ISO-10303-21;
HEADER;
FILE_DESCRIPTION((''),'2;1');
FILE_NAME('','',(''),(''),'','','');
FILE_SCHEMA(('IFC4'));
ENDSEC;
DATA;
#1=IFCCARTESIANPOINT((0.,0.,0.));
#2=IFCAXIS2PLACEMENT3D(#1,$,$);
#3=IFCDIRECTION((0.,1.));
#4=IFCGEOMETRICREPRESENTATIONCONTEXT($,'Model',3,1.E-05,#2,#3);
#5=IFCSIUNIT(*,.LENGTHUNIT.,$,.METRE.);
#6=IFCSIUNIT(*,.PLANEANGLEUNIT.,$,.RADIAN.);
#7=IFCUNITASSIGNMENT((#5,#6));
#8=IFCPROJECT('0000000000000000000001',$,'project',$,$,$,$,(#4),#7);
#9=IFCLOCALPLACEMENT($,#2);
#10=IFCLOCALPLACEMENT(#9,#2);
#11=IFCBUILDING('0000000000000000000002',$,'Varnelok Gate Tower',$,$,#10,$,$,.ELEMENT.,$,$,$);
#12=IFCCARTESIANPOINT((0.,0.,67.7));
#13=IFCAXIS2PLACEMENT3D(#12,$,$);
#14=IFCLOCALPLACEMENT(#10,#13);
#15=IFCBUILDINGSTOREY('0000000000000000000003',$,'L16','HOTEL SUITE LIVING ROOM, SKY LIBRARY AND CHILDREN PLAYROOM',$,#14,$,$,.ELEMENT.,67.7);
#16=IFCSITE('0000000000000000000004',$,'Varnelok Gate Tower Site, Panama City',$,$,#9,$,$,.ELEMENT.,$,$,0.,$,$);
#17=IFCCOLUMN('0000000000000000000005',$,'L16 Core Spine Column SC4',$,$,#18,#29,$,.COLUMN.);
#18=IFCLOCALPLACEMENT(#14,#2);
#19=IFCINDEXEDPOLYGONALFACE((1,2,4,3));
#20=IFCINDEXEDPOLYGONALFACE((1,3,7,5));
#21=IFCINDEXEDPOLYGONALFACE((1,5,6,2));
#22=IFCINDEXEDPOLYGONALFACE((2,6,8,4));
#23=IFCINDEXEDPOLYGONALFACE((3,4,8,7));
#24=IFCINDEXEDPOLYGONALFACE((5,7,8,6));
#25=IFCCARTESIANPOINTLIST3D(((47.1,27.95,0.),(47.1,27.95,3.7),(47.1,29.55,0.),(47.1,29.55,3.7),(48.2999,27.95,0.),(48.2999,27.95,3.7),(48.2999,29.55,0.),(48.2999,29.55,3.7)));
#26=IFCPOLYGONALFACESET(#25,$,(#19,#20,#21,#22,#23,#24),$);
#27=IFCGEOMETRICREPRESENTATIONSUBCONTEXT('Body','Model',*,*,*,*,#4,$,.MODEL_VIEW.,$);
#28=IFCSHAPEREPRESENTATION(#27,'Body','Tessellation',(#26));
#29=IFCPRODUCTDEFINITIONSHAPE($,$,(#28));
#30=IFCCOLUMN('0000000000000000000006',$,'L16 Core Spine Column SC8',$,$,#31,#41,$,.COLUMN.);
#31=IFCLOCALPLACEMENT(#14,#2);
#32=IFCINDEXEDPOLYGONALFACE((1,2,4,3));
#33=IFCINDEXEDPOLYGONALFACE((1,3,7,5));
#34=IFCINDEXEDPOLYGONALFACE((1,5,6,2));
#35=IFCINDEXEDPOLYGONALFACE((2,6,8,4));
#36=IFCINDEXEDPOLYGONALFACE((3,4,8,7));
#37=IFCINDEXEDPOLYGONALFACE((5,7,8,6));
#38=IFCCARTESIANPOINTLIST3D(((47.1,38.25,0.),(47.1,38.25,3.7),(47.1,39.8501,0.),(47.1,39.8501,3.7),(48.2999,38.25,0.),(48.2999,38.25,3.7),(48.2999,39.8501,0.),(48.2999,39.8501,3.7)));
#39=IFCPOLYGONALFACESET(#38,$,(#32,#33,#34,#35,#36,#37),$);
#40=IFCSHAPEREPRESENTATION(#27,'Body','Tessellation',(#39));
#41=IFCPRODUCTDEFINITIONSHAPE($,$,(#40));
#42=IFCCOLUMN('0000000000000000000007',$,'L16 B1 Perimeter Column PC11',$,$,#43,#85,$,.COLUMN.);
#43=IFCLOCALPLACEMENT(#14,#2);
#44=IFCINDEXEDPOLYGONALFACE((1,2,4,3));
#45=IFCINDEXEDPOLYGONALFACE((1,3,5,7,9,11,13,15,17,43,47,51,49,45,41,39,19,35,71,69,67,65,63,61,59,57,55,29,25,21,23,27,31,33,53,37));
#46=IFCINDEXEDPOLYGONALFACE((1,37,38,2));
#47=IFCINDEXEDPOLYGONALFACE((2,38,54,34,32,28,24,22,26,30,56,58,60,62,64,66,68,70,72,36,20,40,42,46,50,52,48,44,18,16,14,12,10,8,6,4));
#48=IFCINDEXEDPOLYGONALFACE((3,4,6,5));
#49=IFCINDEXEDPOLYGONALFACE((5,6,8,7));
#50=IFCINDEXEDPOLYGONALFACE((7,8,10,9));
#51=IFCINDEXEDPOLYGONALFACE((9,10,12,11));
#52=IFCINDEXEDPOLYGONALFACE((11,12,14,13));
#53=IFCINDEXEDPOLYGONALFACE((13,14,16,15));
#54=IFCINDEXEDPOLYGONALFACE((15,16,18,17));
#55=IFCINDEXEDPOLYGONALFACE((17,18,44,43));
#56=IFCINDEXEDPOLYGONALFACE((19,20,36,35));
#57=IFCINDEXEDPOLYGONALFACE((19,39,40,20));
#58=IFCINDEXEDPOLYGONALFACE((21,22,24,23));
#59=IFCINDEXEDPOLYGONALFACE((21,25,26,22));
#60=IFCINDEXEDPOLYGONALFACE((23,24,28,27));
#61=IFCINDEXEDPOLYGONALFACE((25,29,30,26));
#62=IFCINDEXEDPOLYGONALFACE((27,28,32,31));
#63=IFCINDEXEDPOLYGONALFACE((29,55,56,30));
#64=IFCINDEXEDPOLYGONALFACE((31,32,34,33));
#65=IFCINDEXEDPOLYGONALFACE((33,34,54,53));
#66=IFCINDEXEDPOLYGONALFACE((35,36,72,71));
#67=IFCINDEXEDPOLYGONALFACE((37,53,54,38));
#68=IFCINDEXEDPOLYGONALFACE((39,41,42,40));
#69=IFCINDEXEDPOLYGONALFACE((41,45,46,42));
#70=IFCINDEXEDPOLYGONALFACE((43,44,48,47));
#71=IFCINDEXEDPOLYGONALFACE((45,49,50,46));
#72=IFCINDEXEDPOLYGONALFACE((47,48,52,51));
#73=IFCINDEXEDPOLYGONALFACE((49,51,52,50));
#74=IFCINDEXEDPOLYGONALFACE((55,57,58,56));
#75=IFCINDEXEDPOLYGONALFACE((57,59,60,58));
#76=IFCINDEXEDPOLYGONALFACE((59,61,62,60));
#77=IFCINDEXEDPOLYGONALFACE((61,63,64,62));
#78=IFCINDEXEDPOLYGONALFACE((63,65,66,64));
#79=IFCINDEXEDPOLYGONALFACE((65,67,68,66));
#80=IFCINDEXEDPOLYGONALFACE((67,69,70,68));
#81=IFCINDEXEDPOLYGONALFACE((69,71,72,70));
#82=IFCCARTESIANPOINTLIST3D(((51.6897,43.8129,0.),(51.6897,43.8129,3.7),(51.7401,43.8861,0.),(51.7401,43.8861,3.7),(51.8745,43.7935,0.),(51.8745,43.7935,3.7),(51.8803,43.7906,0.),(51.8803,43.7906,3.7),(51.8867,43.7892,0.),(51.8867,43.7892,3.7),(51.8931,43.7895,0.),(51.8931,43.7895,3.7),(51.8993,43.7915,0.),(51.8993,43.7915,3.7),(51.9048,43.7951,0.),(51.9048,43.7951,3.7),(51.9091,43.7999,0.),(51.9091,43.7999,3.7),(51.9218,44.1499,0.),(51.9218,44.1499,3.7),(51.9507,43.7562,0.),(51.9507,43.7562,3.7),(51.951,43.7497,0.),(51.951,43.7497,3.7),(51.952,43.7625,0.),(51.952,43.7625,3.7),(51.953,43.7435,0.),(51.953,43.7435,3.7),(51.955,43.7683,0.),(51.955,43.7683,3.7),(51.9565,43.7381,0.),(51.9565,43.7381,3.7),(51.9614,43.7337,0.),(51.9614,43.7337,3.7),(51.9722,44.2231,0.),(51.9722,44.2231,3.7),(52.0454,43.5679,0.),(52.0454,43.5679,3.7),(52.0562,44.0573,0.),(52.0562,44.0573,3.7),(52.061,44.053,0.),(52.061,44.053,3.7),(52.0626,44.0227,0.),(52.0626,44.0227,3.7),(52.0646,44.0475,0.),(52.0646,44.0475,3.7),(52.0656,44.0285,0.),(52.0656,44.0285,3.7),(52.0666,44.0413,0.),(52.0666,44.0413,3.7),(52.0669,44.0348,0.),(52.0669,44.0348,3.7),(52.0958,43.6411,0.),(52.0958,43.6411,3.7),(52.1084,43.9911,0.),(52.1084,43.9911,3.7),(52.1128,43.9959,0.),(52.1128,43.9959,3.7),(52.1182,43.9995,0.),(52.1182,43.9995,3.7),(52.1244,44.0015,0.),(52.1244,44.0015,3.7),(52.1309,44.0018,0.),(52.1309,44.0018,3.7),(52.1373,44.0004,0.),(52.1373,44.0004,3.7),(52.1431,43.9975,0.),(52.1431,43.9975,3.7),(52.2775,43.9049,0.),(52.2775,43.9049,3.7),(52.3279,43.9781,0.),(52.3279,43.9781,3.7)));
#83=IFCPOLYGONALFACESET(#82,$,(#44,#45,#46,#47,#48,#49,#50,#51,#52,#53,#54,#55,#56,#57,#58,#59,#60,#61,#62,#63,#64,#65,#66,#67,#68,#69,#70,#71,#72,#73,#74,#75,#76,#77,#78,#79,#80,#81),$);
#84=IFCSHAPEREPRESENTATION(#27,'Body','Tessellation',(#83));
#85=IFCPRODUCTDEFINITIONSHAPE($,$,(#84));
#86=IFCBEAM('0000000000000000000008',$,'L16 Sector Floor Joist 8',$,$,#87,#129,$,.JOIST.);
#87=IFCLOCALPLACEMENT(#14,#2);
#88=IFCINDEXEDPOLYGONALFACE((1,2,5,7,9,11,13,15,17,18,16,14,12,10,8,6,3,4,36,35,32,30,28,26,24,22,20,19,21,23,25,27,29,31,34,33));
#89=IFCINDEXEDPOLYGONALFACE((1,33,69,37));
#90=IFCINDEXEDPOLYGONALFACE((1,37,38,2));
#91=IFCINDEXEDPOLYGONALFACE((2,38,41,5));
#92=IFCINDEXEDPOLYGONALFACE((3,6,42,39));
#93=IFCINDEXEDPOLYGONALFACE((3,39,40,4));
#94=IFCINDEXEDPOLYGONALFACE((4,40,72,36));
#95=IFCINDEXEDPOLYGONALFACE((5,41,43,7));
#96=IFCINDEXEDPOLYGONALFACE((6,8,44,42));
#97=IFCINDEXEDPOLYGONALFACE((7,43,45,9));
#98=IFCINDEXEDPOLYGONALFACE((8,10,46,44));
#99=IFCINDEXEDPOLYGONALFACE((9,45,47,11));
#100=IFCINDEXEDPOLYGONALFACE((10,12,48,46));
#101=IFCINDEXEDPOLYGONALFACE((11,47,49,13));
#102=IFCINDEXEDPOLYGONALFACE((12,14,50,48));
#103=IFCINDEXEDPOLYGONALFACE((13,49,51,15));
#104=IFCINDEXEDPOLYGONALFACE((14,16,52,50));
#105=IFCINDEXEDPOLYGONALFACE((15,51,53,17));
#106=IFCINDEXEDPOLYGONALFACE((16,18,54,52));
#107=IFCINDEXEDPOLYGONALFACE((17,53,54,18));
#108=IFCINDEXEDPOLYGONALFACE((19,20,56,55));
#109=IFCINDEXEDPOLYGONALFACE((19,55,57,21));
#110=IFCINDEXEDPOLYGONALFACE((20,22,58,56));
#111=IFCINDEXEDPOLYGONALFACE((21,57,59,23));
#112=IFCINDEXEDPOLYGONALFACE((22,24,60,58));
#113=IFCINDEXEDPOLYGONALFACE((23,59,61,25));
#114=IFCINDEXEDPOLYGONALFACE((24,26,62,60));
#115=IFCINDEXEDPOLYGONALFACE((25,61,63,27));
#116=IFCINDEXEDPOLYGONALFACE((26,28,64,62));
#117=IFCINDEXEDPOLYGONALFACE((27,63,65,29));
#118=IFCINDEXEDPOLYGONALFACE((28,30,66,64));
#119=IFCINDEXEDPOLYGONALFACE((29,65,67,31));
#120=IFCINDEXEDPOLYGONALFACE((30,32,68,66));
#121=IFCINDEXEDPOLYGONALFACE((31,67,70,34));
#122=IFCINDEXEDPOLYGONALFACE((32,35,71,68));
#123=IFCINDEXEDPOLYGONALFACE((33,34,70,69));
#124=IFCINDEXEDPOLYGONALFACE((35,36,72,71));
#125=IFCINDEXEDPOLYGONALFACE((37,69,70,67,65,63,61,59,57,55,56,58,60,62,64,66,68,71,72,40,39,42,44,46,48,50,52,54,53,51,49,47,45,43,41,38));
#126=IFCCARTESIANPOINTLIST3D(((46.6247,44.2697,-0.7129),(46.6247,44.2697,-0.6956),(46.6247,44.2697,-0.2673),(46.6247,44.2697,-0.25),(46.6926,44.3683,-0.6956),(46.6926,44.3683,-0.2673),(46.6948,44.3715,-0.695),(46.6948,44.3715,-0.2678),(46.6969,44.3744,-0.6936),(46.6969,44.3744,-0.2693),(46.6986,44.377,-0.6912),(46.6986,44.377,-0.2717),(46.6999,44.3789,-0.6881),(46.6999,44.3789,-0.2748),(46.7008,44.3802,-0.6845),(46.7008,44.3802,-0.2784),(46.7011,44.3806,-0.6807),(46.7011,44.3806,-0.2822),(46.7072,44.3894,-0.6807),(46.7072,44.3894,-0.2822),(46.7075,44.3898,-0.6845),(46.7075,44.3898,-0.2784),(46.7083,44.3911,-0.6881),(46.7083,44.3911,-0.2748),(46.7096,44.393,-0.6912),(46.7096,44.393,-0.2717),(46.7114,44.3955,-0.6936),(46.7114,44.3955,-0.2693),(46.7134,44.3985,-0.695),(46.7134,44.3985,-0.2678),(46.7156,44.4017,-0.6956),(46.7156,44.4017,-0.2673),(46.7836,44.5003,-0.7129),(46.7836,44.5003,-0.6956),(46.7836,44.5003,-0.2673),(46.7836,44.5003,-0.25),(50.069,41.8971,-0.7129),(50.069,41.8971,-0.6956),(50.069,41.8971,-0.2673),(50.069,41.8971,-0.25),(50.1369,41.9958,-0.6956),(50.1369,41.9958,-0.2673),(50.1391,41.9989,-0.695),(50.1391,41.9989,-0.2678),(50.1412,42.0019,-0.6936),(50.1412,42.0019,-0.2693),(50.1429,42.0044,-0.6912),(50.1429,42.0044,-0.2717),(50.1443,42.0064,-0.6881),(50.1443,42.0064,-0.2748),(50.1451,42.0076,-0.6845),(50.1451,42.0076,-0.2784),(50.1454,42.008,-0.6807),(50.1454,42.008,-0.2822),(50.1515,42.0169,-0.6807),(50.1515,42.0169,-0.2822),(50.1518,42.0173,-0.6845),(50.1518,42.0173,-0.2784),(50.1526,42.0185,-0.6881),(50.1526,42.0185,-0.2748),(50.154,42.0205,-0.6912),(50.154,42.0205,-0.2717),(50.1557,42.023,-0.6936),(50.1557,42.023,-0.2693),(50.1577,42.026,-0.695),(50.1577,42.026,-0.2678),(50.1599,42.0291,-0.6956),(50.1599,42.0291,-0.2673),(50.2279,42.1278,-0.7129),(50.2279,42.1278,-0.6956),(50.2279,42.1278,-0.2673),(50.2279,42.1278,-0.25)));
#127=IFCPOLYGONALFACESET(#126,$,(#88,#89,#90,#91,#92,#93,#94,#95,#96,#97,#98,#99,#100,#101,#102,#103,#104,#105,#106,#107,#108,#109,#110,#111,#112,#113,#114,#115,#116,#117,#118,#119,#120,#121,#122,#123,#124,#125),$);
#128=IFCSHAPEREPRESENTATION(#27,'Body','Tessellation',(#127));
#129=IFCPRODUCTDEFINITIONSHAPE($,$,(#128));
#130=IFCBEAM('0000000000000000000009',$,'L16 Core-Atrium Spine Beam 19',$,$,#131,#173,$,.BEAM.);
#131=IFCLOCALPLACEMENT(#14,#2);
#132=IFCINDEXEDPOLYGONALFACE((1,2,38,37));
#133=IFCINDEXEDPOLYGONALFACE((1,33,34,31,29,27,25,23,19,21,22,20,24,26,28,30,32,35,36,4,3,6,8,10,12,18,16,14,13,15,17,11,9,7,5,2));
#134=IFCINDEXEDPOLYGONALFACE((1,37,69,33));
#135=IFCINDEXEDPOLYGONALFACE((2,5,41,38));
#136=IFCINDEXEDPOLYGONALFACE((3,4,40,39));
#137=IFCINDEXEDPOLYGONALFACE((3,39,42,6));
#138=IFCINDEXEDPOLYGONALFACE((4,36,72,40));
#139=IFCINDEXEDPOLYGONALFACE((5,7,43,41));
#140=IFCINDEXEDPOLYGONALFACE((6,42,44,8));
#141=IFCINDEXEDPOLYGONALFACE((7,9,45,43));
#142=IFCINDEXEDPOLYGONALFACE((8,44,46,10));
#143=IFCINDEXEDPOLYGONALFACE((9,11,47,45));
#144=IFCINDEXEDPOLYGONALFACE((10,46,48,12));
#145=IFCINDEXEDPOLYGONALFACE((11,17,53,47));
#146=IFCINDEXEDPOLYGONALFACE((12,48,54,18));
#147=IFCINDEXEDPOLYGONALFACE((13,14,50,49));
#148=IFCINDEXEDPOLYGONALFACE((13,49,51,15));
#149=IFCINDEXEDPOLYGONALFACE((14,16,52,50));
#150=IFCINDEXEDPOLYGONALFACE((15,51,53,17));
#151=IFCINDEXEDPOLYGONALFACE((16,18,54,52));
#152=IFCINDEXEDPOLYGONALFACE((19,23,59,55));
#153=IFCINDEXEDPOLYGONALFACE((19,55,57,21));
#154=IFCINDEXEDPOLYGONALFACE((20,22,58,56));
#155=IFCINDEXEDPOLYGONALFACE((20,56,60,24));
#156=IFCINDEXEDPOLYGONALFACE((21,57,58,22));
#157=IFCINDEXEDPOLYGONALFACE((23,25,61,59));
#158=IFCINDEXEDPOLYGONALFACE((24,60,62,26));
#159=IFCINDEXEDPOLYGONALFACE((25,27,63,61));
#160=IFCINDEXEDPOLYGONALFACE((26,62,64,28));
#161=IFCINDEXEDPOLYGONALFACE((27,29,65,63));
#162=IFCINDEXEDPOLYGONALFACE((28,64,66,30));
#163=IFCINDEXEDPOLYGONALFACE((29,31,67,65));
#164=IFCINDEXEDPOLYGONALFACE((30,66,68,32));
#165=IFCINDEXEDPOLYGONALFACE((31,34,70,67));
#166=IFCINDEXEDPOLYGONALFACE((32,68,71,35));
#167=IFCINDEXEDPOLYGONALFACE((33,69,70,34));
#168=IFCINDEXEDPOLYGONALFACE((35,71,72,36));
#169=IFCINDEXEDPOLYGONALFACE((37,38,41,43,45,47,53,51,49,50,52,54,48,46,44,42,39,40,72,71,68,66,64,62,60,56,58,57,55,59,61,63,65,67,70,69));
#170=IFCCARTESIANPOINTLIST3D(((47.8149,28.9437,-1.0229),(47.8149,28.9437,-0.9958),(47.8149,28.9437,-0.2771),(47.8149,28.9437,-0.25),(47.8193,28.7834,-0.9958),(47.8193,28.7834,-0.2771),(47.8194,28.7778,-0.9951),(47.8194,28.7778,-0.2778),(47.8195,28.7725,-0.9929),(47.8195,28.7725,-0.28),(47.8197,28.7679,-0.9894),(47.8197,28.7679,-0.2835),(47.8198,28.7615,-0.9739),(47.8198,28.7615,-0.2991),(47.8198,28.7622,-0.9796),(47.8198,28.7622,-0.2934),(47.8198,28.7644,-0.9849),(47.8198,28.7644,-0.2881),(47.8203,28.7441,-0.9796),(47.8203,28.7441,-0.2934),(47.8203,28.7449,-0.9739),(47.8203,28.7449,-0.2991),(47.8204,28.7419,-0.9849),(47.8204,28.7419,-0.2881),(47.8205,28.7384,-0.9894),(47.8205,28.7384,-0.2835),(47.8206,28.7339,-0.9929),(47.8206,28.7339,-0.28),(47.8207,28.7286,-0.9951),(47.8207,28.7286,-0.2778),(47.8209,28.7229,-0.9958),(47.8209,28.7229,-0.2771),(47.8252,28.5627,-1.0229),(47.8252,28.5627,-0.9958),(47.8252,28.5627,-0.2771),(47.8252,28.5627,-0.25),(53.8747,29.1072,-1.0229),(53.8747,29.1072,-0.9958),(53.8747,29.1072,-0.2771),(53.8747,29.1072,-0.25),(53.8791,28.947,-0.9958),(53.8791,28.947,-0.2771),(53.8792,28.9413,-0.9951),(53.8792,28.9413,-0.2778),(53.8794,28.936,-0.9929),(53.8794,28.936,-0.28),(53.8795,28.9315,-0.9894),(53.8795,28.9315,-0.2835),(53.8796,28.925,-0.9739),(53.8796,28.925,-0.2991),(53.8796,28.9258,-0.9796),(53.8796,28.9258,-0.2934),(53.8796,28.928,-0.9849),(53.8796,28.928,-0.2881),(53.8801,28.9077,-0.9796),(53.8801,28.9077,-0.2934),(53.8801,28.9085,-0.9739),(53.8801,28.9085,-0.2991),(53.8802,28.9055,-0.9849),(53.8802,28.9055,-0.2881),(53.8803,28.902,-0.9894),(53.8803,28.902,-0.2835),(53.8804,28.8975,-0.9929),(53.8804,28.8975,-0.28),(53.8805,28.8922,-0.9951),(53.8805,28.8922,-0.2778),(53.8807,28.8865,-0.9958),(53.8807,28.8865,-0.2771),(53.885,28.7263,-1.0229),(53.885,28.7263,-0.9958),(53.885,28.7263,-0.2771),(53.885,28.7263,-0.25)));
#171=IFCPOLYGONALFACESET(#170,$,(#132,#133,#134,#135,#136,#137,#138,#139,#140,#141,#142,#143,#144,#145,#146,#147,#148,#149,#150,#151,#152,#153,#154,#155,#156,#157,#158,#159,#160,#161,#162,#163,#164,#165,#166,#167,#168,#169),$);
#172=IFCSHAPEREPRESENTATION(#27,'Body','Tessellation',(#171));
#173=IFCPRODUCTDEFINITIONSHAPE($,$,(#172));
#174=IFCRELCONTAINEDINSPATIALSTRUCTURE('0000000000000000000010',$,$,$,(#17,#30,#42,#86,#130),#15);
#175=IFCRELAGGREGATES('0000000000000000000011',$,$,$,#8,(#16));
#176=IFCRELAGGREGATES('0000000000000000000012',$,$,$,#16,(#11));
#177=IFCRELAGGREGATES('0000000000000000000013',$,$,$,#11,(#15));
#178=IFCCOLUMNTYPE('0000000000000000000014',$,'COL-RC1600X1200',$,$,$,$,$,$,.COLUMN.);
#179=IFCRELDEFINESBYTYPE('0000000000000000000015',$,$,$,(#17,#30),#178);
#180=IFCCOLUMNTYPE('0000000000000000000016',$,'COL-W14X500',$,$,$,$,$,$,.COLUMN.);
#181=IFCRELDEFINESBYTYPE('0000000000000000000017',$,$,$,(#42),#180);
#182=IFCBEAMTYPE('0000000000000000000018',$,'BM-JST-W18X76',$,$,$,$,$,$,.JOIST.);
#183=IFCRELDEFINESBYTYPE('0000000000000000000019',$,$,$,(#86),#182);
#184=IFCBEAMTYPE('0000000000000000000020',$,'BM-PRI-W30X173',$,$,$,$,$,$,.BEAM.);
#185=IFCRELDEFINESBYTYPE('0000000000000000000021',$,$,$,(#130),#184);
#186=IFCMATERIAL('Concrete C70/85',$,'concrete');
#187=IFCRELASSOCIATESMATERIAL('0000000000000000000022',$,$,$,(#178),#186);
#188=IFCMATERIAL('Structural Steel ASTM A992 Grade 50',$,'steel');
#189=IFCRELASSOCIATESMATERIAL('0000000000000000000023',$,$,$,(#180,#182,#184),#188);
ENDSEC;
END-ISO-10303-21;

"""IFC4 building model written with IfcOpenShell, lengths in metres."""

from ifc_helpers import new_model, si_unit, direction, frame, origin, origin_2d, place, context, subcontext, project, spatial, rectangle, i_section, extrude, material, material_profile, profile_set, type_object, element, save


model = new_model("IFC4")

# Units and contexts
model_context = context("Model", 3, precision=1e-05, world=origin(), true_north=direction((0.0, 1.0)))
body_context = subcontext(model_context, "Body", "Model", "MODEL_VIEW")
ifc_project = project(units=[si_unit("LENGTHUNIT", "METRE"), si_unit("PLANEANGLEUNIT", "RADIAN")], contexts=[model_context])

# Site, building, storey
site_placement = place(None, origin())
site = spatial("IfcSite", under=ifc_project, at=site_placement, Name="Varnelok Gate Tower Site, Panama City", CompositionType="ELEMENT", RefElevation=0.0)
building_placement = place(site_placement, origin())
building = spatial("IfcBuilding", under=site, at=building_placement, Name="Varnelok Gate Tower", CompositionType="ELEMENT")
storey_placement = place(building_placement, frame((0.0, 0.0, 67.7)))
storey = spatial("IfcBuildingStorey", under=building, at=storey_placement, Name="L16", Description="HOTEL SUITE LIVING ROOM, SKY LIBRARY AND CHILDREN PLAYROOM", CompositionType="ELEMENT", Elevation=67.7)

# Columns
ifc_material_1 = material(Name="Concrete C70/85", Category="concrete")
ifc_material_profile_1 = material_profile(ifc_material_1, rectangle(XDim=1.2, YDim=1.6001, at=origin_2d()), Name="RC1600X1200")
ifc_profile_set_1 = profile_set([ifc_material_profile_1], Name="Concrete C70/85")
column_type_1 = type_object("IfcColumnType", Name="COL-RC1600X1200", PredefinedType="COLUMN", material=ifc_profile_set_1)
for number, where, z_axis, x_axis, name in (
    (1, (47.7, 28.75, 0.0), (0.0, 0.0, 1.0), (1.0, 0.0, 0.0), "L16 Core Spine Column SC4"),
    (2, (47.7, 39.05, 0.0), (0.0, 0.0, 1.0), (1.0, 0.0, 0.0), "L16 Core Spine Column SC8"),
):
    element("IfcColumn", number, at=place(storey_placement, frame(where, z_axis=z_axis, x_axis=x_axis)), inside=storey, type_object=column_type_1, Name=name, PredefinedType="COLUMN", context=body_context, shape_type="SweptSolid", body=[
        extrude(rectangle(XDim=1.2, YDim=1.6001, at=origin_2d()), origin(), (0.0, 0.0, 1.0), 3.7),
    ])
ifc_material_2 = material(Name="Structural Steel ASTM A992 Grade 50", Category="steel")
ifc_material_profile_2 = material_profile(ifc_material_2, i_section(OverallWidth=0.4319, OverallDepth=0.498, WebThickness=0.0557, FlangeThickness=0.0889, FilletRadius=0.0249, at=origin_2d()), Name="W14X500")
ifc_profile_set_2 = profile_set([ifc_material_profile_2], Name="Structural Steel ASTM A992 Grade 50")
column_type_2 = type_object("IfcColumnType", Name="COL-W14X500", PredefinedType="COLUMN", material=ifc_profile_set_2)
column_placement = place(storey_placement, frame((52.0088, 43.8955, 0.0), z_axis=(0.0, 0.0, 1.0), x_axis=(0.823533, -0.567269, 0.0)))
element("IfcColumn", 3, at=column_placement, inside=storey, type_object=column_type_2, Name="L16 B1 Perimeter Column PC11", PredefinedType="COLUMN", context=body_context, shape_type="SweptSolid", body=[
    extrude(i_section(OverallWidth=0.4319, OverallDepth=0.498, WebThickness=0.0557, FlangeThickness=0.0889, FilletRadius=0.0249, at=origin_2d()), origin(), (0.0, 0.0, 1.0), 3.7),
])

# Beams
ifc_material_profile_3 = material_profile(ifc_material_2, i_section(OverallWidth=0.28, OverallDepth=0.4629, WebThickness=0.0107, FlangeThickness=0.0173, FilletRadius=0.0149, at=origin_2d()), Name="W18X76")
ifc_profile_set_3 = profile_set([ifc_material_profile_3], Name="Structural Steel ASTM A992 Grade 50")
beam_type_1 = type_object("IfcBeamType", Name="BM-JST-W18X76", PredefinedType="JOIST", material=ifc_profile_set_3)
beam_1_placement = place(storey_placement, frame((50.1484, 42.0125, -0.4814), z_axis=(-0.823531, 0.567272, 0.0), x_axis=(-0.567272, -0.823531, 0.0)))
element("IfcBeam", 4, at=beam_1_placement, inside=storey, type_object=beam_type_1, Name="L16 Sector Floor Joist 8", PredefinedType="JOIST", context=body_context, shape_type="SweptSolid", body=[
    extrude(i_section(OverallWidth=0.28, OverallDepth=0.4629, WebThickness=0.0107, FlangeThickness=0.0173, FilletRadius=0.0149, at=origin_2d()), origin(), (0.0, 0.0, 1.0), 4.1824),
])
ifc_material_profile_4 = material_profile(ifc_material_2, i_section(OverallWidth=0.3811, OverallDepth=0.7729, WebThickness=0.0166, FlangeThickness=0.0271, FilletRadius=0.022, at=origin_2d()), Name="W30X173")
ifc_profile_set_4 = profile_set([ifc_material_profile_4], Name="Structural Steel ASTM A992 Grade 50")
beam_type_2 = type_object("IfcBeamType", Name="BM-PRI-W30X173", PredefinedType="BEAM", material=ifc_profile_set_4)
beam_2_placement = place(storey_placement, frame((47.8201, 28.7532, -0.6365), z_axis=(0.999636, 0.026983, 0.0), x_axis=(-0.026983, 0.999636, 0.0)))
element("IfcBeam", 5, at=beam_2_placement, inside=storey, type_object=beam_type_2, Name="L16 Core-Atrium Spine Beam 19", PredefinedType="BEAM", context=body_context, shape_type="SweptSolid", body=[
    extrude(i_section(OverallWidth=0.3811, OverallDepth=0.7729, WebThickness=0.0166, FlangeThickness=0.0271, FilletRadius=0.022, at=origin_2d()), origin(), (0.0, 0.0, 1.0), 6.062),
])

save(model, "model.ifc")
